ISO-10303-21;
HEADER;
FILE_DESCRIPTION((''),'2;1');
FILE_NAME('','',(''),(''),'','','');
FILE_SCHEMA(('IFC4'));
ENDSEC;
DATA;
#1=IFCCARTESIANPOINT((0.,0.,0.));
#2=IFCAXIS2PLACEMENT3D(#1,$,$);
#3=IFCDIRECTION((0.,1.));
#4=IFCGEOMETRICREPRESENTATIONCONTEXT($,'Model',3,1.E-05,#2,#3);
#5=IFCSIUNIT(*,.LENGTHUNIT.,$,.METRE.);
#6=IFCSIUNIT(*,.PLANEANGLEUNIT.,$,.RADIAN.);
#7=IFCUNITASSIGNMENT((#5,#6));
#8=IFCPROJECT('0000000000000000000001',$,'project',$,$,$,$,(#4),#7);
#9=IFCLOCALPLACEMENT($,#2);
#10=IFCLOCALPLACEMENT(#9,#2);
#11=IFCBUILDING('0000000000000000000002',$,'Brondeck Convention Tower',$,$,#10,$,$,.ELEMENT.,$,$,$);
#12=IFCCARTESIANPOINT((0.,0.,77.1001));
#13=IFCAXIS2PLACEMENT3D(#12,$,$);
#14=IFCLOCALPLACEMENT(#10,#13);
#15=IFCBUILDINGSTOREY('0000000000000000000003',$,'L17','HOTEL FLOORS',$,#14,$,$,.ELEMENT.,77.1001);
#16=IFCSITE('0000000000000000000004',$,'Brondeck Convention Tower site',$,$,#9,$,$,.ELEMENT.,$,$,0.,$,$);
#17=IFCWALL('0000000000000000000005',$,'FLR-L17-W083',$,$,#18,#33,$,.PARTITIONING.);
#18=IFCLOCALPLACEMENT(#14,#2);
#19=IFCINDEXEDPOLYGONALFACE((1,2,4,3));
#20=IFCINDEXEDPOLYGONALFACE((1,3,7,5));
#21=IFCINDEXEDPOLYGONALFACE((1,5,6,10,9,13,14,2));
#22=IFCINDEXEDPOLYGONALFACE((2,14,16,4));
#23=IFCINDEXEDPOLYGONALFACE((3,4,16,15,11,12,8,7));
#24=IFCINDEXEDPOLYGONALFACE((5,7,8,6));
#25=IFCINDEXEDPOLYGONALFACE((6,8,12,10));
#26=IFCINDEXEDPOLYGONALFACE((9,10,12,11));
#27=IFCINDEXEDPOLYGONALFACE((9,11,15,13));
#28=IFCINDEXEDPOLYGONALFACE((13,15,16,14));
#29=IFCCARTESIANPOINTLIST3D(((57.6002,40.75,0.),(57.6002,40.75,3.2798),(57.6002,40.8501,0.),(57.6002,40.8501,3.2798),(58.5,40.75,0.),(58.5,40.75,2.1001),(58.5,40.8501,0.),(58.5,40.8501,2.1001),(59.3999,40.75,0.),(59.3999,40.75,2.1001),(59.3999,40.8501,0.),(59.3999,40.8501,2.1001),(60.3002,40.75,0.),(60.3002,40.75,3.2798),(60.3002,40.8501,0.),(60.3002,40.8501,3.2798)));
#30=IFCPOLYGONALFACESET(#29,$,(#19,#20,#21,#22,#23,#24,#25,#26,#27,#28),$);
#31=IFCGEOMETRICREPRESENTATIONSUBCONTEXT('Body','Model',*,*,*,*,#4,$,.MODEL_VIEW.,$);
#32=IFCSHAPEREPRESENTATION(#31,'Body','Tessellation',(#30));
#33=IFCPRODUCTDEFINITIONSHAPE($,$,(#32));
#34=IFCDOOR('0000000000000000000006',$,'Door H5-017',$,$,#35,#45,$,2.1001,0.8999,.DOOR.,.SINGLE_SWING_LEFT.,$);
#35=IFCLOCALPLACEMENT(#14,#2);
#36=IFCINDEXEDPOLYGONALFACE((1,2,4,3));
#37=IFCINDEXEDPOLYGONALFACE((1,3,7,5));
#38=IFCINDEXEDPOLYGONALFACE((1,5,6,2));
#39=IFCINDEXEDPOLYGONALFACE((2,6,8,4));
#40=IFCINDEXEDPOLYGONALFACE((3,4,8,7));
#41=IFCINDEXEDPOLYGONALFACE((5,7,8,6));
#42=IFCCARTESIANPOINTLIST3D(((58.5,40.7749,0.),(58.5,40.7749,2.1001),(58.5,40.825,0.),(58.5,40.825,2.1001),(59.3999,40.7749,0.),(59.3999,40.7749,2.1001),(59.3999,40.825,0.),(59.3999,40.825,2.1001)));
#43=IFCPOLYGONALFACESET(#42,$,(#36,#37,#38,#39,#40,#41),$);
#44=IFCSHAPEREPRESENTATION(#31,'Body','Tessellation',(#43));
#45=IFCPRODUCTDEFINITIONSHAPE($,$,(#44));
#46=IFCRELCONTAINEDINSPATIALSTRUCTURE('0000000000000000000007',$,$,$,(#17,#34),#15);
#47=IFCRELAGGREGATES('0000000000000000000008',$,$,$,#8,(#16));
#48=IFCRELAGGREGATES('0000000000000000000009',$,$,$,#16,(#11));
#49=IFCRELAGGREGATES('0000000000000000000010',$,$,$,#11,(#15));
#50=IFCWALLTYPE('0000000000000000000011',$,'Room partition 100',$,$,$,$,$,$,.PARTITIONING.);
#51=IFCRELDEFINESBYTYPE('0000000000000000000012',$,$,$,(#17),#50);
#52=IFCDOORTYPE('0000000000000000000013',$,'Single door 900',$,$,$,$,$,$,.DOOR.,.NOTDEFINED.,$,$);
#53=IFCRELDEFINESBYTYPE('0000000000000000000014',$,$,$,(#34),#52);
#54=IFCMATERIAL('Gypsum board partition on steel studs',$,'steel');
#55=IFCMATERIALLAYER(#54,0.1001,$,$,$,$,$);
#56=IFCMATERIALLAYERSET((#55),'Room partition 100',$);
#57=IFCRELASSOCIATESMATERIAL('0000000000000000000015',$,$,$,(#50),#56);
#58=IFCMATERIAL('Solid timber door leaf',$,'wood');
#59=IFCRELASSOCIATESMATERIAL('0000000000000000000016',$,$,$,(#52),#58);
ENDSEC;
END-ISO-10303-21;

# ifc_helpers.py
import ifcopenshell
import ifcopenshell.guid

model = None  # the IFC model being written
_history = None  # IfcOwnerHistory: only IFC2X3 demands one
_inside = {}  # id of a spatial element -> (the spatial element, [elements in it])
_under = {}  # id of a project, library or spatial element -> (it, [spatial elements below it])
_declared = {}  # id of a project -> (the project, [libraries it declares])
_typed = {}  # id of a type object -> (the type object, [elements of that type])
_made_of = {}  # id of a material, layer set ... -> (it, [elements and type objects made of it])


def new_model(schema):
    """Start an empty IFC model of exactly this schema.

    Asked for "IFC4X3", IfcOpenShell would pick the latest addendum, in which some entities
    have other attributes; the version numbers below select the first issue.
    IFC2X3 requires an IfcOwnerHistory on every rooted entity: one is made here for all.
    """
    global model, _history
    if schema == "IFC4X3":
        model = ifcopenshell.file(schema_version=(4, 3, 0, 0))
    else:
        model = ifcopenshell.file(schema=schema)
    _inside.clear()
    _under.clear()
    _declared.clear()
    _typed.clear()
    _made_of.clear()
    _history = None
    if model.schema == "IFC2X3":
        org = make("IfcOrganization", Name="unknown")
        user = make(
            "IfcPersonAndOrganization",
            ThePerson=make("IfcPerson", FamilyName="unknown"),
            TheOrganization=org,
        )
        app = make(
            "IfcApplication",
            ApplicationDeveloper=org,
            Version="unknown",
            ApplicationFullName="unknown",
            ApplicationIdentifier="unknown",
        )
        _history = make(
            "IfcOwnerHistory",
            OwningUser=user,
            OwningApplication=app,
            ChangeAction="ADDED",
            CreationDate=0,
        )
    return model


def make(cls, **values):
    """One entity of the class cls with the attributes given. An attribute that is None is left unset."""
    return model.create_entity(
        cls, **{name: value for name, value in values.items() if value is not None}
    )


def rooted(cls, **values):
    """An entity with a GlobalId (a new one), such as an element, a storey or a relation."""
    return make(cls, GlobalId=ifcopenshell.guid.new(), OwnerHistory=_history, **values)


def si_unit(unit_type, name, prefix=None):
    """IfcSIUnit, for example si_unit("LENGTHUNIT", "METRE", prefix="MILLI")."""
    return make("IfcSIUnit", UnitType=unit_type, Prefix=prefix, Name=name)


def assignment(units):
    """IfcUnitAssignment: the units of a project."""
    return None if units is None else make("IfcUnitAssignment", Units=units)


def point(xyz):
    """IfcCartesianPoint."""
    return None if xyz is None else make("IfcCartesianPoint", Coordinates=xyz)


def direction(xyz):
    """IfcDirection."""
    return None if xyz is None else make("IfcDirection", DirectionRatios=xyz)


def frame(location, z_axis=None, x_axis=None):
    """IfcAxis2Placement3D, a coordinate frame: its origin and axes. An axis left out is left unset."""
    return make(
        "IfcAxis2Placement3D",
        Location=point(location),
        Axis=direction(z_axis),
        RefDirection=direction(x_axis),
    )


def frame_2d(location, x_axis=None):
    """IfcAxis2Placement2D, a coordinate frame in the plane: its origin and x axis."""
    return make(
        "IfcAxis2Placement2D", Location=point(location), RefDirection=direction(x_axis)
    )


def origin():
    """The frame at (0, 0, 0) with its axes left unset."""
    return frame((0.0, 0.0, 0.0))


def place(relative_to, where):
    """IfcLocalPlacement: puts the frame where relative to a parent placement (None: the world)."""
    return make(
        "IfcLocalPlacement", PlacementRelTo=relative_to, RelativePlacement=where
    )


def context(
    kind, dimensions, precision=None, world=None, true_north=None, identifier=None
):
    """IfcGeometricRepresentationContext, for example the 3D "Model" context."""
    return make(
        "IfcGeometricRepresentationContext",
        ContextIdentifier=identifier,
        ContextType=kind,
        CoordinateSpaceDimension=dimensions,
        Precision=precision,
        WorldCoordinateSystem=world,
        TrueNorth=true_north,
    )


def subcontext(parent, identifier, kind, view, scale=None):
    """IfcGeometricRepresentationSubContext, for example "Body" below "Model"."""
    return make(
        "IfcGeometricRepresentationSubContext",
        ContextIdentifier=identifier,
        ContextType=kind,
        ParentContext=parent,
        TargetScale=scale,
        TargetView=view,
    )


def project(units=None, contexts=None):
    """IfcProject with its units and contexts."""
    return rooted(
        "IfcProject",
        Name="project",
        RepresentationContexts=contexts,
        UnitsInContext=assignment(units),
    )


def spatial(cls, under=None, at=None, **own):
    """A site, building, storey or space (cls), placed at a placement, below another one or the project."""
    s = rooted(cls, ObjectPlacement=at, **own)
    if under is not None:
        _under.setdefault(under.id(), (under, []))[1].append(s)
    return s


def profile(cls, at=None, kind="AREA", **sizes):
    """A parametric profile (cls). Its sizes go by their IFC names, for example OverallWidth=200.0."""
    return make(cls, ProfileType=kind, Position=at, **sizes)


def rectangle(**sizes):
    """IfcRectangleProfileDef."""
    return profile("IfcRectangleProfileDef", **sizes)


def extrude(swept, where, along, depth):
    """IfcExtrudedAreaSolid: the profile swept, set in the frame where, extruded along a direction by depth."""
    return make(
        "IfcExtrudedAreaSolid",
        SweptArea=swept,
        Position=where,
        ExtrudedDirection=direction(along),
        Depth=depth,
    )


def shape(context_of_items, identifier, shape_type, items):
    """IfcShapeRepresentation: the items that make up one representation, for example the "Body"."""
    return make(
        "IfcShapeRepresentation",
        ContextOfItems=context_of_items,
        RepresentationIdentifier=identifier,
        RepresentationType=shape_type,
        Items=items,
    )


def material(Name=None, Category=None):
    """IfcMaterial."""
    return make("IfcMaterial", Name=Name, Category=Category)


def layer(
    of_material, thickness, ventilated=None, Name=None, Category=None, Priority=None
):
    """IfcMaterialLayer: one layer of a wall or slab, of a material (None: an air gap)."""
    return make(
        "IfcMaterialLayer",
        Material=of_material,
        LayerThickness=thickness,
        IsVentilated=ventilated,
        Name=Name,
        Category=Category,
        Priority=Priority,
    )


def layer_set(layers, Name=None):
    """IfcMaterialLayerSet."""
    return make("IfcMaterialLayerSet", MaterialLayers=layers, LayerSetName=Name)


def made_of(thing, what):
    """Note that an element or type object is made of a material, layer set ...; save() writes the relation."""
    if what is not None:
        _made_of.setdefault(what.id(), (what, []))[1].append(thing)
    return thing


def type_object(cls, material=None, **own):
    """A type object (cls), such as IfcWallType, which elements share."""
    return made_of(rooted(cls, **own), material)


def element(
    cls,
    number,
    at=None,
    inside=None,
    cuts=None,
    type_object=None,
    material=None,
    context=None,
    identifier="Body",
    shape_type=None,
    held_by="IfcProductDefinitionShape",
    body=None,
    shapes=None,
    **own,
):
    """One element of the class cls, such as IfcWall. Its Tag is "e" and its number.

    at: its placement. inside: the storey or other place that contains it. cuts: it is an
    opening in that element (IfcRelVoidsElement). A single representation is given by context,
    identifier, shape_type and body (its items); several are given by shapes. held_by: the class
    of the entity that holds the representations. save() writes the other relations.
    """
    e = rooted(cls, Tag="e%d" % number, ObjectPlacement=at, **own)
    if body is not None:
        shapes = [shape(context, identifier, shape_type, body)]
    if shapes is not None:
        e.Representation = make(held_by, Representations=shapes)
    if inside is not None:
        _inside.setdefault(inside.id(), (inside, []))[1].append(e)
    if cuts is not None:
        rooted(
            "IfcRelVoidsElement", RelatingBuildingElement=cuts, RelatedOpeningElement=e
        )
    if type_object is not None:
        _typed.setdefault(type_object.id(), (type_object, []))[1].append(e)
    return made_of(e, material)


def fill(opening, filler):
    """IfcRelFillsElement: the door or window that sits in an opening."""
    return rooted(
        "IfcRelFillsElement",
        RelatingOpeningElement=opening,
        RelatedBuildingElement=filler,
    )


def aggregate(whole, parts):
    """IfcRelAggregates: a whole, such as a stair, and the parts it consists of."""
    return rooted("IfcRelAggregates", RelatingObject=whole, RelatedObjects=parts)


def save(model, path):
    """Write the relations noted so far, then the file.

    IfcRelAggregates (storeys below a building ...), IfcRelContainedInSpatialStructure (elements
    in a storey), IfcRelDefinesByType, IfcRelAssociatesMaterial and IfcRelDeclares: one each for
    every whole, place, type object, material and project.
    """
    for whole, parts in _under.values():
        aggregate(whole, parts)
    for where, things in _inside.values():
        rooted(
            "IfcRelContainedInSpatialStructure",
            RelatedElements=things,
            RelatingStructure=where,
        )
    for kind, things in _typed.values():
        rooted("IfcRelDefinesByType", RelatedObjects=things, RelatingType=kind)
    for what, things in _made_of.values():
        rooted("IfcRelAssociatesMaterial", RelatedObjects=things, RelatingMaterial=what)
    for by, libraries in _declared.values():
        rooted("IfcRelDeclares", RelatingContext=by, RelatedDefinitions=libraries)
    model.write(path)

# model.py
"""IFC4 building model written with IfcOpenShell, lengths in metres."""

from ifc_helpers import new_model, si_unit, direction, frame, frame_2d, origin, place, context, subcontext, project, spatial, rectangle, extrude, material, layer, layer_set, type_object, element, fill, save


model = new_model("IFC4")

# Units and contexts
model_context = context("Model", 3, precision=1e-05, world=origin(), true_north=direction((0.0, 1.0)))
body_context = subcontext(model_context, "Body", "Model", "MODEL_VIEW")
ifc_project = project(units=[si_unit("LENGTHUNIT", "METRE"), si_unit("PLANEANGLEUNIT", "RADIAN")], contexts=[model_context])

# Site, building, storey
site_placement = place(None, origin())
site = spatial("IfcSite", under=ifc_project, at=site_placement, Name="Brondeck Convention Tower site", CompositionType="ELEMENT", RefElevation=0.0)
building_placement = place(site_placement, origin())
building = spatial("IfcBuilding", under=site, at=building_placement, Name="Brondeck Convention Tower", CompositionType="ELEMENT")
storey_placement = place(building_placement, frame((0.0, 0.0, 77.1001)))
storey = spatial("IfcBuildingStorey", under=building, at=storey_placement, Name="L17", Description="HOTEL FLOORS", CompositionType="ELEMENT", Elevation=77.1001)

# Shared definitions
ifc_material_1 = material(Name="Solid timber door leaf", Category="wood")

# Shared definitions
ifc_material_2 = material(Name="Gypsum board partition on steel studs", Category="steel")
ifc_layer_1 = layer(ifc_material_2, 0.1001)
ifc_layer_set_1 = layer_set([ifc_layer_1], Name="Room partition 100")
wall_type_1 = type_object("IfcWallType", Name="Room partition 100", PredefinedType="PARTITIONING", material=ifc_layer_set_1)

# Wall, opening, door
wall_1_placement = place(storey_placement, frame((57.6001, 40.8, 0.0), z_axis=(0.0, 0.0, 1.0), x_axis=(1.0, 0.0, 0.0)))
wall_1 = element("IfcWall", 1, at=wall_1_placement, inside=storey, type_object=wall_type_1, Name="FLR-L17-W083", PredefinedType="PARTITIONING", context=body_context, shape_type="SweptSolid", body=[
    extrude(rectangle(XDim=2.7, YDim=0.1001, at=frame_2d((1.3501, 0.0))), origin(), (0.0, 0.0, 1.0), 3.2798),
])
opening_1_placement = place(wall_1_placement, frame((0.8999, 0.0, 0.0)))
opening_1 = element("IfcOpeningElement", 2, at=opening_1_placement, cuts=wall_1, PredefinedType="OPENING", context=body_context, shape_type="SweptSolid", body=[
    extrude(rectangle(XDim=0.8999, YDim=2.1001, at=frame_2d((0.45, 1.05))), frame((0.0, 0.0601, 0.0), z_axis=(0.0, -1.0, 0.0), x_axis=(1.0, 0.0, 0.0)), (0.0, 0.0, 1.0), 0.1201),
])
door_type_1 = type_object("IfcDoorType", Name="Single door 900", OperationType="NOTDEFINED", PredefinedType="DOOR", material=ifc_material_1)
door_1_placement = place(opening_1_placement, origin())
door_1 = element("IfcDoor", 3, at=door_1_placement, inside=storey, type_object=door_type_1, Name="Door H5-017", OperationType="SINGLE_SWING_LEFT", OverallHeight=2.1001, OverallWidth=0.8999, PredefinedType="DOOR", context=body_context, shape_type="SweptSolid", body=[
    extrude(rectangle(XDim=0.8999, YDim=2.1001, at=frame_2d((0.45, 1.05))), frame((0.0, 0.0249, 0.0), z_axis=(0.0, -1.0, 0.0), x_axis=(1.0, 0.0, 0.0)), (0.0, 0.0, 1.0), 0.05),
])
fill(opening_1, door_1)

save(model, "model.ifc")
